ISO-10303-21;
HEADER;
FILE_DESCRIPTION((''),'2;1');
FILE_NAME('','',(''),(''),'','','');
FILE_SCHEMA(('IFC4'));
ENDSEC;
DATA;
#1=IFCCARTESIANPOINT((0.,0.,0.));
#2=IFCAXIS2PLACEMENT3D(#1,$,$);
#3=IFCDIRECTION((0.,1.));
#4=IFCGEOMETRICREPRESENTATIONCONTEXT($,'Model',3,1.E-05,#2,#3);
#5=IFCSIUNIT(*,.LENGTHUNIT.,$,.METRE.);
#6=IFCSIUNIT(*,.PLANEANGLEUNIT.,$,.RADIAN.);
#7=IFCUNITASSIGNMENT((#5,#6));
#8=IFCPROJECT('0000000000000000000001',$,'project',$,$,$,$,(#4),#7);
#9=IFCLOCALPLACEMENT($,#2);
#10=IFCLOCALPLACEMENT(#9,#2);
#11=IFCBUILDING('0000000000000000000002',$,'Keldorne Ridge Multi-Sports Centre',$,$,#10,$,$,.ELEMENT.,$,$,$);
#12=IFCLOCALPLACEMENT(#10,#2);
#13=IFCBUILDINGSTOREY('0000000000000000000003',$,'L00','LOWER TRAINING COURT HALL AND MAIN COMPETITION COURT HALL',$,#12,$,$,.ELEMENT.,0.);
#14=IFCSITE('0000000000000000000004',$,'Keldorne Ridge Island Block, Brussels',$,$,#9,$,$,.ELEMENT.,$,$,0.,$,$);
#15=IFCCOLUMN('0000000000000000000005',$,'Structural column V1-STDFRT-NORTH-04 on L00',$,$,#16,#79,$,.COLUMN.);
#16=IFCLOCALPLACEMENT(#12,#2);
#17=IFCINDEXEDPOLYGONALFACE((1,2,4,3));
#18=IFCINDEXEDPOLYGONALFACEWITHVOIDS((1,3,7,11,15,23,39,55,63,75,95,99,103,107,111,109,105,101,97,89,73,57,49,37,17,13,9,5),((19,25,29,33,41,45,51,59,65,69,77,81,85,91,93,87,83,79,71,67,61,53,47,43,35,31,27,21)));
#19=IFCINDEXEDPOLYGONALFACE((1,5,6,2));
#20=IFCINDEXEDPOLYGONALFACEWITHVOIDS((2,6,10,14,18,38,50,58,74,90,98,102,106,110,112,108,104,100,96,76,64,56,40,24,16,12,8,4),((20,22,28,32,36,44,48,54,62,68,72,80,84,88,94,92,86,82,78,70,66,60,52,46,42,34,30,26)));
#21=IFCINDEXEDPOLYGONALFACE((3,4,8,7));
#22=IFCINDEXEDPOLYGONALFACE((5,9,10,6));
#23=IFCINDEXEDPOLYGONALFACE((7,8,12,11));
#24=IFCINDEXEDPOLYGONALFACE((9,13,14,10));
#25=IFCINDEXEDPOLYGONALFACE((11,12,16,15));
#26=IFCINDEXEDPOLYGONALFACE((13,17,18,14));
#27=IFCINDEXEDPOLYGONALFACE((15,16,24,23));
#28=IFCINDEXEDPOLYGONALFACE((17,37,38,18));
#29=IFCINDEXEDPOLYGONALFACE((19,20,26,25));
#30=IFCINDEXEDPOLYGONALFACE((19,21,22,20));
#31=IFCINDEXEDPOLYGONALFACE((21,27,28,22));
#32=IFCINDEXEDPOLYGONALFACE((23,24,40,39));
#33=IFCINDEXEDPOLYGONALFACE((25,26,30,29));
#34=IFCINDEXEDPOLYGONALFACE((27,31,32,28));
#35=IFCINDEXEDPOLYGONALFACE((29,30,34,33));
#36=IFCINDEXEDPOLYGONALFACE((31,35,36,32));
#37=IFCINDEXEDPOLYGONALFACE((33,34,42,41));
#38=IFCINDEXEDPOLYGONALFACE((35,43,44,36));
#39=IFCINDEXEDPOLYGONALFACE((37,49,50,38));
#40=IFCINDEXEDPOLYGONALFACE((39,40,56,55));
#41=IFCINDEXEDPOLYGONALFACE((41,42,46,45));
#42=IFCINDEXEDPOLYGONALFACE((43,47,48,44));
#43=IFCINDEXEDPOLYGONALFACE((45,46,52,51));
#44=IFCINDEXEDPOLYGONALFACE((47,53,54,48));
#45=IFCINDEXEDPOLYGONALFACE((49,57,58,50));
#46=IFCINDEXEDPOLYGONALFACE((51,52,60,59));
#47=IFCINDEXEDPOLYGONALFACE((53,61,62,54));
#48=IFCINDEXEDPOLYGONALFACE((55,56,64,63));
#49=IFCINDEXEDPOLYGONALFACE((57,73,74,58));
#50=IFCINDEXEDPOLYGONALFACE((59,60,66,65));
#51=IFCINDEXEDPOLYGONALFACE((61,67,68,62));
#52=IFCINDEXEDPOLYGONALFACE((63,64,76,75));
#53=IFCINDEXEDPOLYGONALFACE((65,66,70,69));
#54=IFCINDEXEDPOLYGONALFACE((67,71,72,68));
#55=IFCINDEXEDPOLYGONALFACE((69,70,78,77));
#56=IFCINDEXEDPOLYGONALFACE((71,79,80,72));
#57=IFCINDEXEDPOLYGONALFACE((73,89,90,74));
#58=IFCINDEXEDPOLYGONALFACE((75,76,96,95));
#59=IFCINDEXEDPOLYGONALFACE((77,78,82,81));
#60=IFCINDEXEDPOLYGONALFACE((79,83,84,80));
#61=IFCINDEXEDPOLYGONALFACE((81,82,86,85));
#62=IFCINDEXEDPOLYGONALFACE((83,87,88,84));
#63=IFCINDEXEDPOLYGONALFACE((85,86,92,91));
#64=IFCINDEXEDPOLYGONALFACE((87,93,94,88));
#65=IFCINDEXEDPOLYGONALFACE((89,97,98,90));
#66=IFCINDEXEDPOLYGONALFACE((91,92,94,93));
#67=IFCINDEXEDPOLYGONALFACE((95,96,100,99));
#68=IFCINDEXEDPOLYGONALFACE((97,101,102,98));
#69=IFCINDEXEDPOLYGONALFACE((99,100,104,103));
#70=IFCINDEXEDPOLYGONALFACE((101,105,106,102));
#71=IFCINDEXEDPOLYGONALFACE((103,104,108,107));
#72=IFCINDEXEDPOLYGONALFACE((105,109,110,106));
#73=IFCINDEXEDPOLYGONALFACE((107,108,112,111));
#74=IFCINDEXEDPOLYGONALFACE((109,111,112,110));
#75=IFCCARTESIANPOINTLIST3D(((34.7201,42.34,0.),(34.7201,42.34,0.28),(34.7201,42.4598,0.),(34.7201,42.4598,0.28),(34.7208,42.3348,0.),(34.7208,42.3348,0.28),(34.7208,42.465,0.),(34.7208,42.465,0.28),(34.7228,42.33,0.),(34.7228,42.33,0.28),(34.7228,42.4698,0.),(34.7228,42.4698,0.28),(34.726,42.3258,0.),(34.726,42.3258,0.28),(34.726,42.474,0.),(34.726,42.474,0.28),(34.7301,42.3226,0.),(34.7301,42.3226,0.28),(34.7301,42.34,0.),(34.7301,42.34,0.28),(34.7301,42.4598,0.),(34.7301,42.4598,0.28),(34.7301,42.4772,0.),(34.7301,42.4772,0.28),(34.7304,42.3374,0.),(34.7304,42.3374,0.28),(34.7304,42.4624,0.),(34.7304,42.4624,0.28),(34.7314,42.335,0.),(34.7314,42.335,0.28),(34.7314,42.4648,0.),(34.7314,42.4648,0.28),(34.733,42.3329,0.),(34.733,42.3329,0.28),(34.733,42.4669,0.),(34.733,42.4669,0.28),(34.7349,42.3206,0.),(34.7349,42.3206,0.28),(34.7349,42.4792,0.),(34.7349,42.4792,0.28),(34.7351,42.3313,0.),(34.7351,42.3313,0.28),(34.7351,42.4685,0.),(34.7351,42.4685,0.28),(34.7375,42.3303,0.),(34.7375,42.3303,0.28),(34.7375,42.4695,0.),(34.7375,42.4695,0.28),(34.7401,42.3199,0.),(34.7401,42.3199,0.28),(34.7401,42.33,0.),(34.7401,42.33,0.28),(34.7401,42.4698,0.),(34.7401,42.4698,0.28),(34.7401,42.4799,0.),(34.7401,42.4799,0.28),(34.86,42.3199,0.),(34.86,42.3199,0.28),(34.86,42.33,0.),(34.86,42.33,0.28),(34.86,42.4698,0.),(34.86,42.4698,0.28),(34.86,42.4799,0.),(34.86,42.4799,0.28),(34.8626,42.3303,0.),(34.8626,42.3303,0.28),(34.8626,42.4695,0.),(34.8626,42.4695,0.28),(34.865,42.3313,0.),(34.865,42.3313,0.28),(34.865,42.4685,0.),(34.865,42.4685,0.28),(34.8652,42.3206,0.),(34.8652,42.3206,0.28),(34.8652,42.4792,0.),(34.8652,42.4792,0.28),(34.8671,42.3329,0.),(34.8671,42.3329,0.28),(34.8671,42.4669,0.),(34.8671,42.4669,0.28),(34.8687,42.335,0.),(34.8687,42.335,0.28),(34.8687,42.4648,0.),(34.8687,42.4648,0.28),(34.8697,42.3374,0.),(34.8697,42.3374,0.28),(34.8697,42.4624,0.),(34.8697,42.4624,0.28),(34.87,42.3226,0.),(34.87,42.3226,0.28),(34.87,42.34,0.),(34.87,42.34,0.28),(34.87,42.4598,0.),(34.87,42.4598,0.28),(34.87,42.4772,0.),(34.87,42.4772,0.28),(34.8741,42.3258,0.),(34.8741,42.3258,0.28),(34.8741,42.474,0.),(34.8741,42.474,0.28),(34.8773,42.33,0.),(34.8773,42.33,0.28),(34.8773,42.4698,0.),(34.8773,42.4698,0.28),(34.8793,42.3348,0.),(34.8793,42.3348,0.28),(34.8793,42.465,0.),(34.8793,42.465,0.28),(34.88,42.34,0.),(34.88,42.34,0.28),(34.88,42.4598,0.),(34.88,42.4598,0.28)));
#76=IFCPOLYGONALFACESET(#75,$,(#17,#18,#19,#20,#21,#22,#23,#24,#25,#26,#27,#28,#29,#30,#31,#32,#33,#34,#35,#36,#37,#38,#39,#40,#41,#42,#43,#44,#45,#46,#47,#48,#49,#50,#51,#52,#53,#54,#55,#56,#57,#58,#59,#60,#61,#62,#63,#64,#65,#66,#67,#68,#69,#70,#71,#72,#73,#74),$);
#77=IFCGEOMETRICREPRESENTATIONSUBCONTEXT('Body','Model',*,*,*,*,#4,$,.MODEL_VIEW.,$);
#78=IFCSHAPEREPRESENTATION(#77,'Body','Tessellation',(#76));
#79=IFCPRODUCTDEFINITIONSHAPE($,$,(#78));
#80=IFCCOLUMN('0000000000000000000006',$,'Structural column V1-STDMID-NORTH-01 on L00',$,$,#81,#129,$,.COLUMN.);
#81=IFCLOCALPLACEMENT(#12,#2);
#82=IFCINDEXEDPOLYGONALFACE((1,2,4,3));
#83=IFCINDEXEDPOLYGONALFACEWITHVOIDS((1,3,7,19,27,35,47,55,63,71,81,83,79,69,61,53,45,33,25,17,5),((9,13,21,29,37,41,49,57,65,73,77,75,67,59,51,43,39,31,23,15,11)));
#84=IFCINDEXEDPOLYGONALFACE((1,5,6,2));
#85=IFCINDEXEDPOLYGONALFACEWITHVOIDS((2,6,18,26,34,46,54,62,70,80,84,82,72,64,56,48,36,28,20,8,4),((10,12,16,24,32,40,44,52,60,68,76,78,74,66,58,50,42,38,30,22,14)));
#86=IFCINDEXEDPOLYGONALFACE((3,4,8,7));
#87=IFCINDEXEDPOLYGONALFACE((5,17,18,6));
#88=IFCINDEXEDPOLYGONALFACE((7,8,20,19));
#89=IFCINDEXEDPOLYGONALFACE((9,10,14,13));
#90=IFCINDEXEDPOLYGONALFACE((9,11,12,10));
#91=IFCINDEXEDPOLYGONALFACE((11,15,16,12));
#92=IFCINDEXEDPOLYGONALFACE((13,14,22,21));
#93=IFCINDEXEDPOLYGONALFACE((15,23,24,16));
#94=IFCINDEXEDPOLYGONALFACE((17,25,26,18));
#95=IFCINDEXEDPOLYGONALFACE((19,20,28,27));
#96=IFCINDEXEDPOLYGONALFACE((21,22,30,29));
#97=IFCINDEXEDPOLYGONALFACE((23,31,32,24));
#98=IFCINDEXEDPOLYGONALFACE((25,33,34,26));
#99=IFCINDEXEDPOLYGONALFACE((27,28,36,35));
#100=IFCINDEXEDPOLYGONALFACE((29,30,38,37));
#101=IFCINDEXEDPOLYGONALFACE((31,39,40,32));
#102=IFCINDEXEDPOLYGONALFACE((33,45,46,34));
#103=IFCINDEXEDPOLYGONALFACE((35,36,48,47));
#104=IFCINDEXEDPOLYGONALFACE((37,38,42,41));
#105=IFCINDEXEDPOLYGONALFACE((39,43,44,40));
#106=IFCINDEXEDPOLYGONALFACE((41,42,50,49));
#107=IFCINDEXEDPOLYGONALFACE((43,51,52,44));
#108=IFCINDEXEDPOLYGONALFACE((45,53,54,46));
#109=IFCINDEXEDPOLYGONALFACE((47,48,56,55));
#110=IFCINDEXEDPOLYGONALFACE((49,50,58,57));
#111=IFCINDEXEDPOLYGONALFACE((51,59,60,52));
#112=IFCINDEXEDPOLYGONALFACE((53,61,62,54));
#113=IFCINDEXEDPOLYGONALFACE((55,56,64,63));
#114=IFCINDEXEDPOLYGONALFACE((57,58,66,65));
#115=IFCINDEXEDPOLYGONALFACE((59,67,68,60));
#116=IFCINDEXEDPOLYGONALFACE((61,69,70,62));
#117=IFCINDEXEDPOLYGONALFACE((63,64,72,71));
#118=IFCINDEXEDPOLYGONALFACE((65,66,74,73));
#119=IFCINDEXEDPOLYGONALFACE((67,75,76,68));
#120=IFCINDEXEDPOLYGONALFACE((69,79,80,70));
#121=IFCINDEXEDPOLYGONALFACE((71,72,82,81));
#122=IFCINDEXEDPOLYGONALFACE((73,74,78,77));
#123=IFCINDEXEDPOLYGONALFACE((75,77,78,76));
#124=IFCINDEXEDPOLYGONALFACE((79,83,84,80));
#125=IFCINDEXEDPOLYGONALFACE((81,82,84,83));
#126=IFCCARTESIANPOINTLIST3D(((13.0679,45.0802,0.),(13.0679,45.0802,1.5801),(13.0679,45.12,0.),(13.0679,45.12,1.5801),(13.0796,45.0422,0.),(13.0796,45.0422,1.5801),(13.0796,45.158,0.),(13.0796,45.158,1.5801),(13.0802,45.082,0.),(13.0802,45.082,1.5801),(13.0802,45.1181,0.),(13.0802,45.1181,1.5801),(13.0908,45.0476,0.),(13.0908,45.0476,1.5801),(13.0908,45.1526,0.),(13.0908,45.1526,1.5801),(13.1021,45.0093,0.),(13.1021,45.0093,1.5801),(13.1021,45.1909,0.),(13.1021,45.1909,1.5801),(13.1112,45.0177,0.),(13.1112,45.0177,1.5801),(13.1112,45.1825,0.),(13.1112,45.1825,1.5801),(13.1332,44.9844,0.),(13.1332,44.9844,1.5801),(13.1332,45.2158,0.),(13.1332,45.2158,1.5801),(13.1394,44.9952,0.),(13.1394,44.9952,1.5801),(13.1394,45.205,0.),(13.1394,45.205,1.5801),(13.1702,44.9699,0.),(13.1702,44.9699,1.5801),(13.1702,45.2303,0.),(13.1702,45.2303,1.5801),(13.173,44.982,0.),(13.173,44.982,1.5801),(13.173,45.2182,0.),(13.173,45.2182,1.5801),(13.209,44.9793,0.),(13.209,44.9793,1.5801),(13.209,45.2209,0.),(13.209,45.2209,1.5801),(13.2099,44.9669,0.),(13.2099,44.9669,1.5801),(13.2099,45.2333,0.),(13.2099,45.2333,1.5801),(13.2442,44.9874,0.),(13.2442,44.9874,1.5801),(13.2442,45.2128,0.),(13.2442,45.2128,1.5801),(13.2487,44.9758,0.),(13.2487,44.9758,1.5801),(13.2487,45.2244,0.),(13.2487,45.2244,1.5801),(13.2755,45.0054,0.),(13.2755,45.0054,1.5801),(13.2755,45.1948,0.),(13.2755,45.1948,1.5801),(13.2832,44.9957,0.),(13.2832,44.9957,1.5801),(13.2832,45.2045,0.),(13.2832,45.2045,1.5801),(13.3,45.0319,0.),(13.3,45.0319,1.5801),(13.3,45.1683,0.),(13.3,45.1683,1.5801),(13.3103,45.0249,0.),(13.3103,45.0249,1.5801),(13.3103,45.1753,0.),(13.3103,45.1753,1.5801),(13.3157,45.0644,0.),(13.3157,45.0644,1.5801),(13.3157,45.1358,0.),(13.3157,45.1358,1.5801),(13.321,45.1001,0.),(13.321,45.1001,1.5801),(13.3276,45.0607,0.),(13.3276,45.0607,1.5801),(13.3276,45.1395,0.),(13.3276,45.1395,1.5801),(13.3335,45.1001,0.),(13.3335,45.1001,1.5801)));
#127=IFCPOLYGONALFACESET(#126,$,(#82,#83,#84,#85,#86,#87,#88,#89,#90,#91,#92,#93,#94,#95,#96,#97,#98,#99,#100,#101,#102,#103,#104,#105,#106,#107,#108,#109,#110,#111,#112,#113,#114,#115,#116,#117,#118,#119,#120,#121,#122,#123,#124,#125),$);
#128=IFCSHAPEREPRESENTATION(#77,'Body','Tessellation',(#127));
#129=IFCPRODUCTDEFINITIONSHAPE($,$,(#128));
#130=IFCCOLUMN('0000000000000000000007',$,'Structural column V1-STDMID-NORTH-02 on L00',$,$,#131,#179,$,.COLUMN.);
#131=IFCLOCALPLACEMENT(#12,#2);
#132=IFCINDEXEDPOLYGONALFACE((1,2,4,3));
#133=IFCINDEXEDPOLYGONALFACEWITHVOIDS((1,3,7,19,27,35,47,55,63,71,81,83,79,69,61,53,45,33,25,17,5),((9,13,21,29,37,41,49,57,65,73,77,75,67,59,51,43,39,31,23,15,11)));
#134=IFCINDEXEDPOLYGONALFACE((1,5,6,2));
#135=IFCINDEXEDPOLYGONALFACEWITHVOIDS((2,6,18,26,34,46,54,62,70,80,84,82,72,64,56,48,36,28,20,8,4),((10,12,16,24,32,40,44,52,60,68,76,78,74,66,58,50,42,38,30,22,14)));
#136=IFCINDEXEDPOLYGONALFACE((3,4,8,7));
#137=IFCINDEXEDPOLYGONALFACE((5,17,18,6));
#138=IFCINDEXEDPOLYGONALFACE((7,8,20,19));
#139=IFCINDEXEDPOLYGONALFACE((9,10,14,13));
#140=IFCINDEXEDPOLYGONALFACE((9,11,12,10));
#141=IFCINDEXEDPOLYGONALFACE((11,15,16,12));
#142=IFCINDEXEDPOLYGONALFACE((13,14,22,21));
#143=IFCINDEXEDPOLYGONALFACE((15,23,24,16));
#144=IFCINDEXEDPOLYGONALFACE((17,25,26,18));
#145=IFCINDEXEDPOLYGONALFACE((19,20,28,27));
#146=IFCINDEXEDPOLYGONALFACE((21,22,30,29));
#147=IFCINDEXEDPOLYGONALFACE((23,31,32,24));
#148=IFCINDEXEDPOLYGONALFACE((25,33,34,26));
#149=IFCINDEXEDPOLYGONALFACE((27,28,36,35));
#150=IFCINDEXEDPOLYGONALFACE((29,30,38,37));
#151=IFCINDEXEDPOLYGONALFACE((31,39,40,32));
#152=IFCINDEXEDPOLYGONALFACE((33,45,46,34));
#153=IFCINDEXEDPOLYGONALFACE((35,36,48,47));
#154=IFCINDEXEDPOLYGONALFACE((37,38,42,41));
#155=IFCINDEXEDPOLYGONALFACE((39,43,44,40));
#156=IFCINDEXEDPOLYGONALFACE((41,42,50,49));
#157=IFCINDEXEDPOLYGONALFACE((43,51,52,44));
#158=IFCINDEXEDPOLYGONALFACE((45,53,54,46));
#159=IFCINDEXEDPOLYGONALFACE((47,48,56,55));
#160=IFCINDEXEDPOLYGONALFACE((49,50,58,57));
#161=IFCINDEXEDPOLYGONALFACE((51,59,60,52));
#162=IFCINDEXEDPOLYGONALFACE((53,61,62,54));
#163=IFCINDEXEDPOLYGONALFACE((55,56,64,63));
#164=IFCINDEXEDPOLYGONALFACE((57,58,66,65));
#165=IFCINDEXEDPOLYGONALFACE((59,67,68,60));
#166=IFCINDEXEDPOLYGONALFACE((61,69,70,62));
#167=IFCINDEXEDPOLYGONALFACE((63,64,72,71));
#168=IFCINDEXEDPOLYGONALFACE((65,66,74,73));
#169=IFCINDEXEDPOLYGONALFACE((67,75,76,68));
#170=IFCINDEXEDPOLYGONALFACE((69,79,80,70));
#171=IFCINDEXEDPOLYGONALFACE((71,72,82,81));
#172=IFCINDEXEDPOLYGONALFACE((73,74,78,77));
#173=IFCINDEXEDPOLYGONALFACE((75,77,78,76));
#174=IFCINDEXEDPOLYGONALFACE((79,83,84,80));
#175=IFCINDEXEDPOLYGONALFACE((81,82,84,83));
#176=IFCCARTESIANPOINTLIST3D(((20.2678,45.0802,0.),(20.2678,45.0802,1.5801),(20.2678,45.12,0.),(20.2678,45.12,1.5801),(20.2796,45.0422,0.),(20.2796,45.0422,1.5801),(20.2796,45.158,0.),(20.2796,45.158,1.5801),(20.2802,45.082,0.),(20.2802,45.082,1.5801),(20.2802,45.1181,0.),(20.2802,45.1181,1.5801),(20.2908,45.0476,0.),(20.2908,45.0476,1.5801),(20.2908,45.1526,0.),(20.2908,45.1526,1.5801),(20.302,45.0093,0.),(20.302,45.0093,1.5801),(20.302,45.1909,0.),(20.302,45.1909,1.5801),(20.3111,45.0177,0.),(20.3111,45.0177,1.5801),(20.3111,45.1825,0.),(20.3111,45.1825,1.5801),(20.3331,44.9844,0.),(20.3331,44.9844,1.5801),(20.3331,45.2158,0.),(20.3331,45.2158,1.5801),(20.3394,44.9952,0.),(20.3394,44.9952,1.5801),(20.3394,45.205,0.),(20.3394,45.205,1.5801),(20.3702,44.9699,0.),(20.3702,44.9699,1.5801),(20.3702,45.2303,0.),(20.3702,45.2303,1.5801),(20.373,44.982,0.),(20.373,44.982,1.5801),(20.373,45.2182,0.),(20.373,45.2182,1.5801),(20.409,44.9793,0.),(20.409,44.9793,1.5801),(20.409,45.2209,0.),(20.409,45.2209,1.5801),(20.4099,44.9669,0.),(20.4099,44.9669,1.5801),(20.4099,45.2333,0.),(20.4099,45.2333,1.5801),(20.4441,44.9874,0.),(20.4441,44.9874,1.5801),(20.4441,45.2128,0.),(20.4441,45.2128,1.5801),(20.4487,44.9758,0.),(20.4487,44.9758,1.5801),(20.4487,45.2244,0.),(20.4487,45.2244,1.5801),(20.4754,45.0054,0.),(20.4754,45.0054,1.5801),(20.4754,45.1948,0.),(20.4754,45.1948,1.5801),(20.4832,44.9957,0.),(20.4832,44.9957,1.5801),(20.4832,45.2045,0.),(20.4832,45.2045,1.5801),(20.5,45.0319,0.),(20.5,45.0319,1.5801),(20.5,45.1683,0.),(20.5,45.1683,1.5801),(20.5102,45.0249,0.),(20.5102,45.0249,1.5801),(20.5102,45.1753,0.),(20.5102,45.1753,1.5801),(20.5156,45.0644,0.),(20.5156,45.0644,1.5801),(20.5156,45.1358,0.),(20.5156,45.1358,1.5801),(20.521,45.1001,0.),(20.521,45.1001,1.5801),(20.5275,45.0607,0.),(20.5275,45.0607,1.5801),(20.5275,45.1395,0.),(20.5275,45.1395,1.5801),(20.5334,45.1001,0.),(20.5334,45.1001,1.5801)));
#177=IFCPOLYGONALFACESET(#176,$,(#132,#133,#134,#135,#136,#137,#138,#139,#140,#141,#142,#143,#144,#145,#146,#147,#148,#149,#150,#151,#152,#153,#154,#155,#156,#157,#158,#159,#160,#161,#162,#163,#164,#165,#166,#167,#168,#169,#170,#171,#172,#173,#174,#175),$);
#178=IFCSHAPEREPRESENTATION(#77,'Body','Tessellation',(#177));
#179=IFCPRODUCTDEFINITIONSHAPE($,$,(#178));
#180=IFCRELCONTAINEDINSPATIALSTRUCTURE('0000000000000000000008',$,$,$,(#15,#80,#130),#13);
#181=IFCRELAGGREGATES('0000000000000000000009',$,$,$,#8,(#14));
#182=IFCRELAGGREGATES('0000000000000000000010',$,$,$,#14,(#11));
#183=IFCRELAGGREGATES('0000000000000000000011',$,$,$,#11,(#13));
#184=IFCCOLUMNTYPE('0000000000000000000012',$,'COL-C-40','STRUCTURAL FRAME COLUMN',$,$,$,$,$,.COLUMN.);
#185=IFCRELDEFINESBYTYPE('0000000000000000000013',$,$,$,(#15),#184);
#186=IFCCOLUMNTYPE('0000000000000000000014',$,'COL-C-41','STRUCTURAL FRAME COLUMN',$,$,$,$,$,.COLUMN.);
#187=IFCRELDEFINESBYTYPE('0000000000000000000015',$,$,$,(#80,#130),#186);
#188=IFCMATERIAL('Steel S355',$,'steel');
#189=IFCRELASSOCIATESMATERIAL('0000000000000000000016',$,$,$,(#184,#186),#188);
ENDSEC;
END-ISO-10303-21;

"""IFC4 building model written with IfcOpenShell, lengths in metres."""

from ifc_helpers import new_model, si_unit, direction, frame, origin, origin_2d, place, context, subcontext, project, spatial, hollow_rectangle, hollow_circle, extrude, material, material_profile, profile_set, type_object, element, save


model = new_model("IFC4")

# Units and contexts
model_context = context("Model", 3, precision=1e-05, world=origin(), true_north=direction((0.0, 1.0)))
body_context = subcontext(model_context, "Body", "Model", "MODEL_VIEW")
ifc_project = project(units=[si_unit("LENGTHUNIT", "METRE"), si_unit("PLANEANGLEUNIT", "RADIAN")], contexts=[model_context])

# Site, building, storey
site_placement = place(None, origin())
site = spatial("IfcSite", under=ifc_project, at=site_placement, Name="Keldorne Ridge Island Block, Brussels", CompositionType="ELEMENT", RefElevation=0.0)
building_placement = place(site_placement, origin())
building = spatial("IfcBuilding", under=site, at=building_placement, Name="Keldorne Ridge Multi-Sports Centre", CompositionType="ELEMENT")
storey_placement = place(building_placement, origin())
storey = spatial("IfcBuildingStorey", under=building, at=storey_placement, Name="L00", Description="LOWER TRAINING COURT HALL AND MAIN COMPETITION COURT HALL", CompositionType="ELEMENT", Elevation=0.0)

# Columns
ifc_material_1 = material(Name="Steel S355", Category="steel")
ifc_material_profile_1 = material_profile(ifc_material_1, hollow_rectangle(XDim=0.1599, YDim=0.1599, WallThickness=0.01, InnerFilletRadius=0.01, OuterFilletRadius=0.02, at=origin_2d()), Name="SHS 160x160x10")
ifc_profile_set_1 = profile_set([ifc_material_profile_1], Name="Steel S355")
column_type_1 = type_object("IfcColumnType", Name="COL-C-40", Description="STRUCTURAL FRAME COLUMN", PredefinedType="COLUMN", material=ifc_profile_set_1)
for number, where, z_axis, x_axis, name in (
    (1, (34.8, 42.3999, 0.0), (0.0, 0.0, 1.0), (1.0, 0.0, 0.0), "Structural column V1-STDFRT-NORTH-04 on L00"),
):
    element("IfcColumn", number, at=place(storey_placement, frame(where, z_axis=z_axis, x_axis=x_axis)), inside=storey, type_object=column_type_1, Name=name, PredefinedType="COLUMN", context=body_context, shape_type="SweptSolid", body=[
        extrude(hollow_rectangle(XDim=0.1599, YDim=0.1599, WallThickness=0.01, InnerFilletRadius=0.01, OuterFilletRadius=0.02, at=origin_2d()), origin(), (0.0, 0.0, 1.0), 0.28),
    ])
ifc_material_profile_2 = material_profile(ifc_material_1, hollow_circle(Radius=0.1335, WallThickness=0.0125, at=origin_2d()), Name="CHS 267x12.5")
ifc_profile_set_2 = profile_set([ifc_material_profile_2], Name="Steel S355")
column_type_2 = type_object("IfcColumnType", Name="COL-C-41", Description="STRUCTURAL FRAME COLUMN", PredefinedType="COLUMN", material=ifc_profile_set_2)
for number, where, z_axis, x_axis, name in (
    (2, (13.2, 45.1001, 0.0), (0.0, 0.0, 1.0), (1.0, 0.0, 0.0), "Structural column V1-STDMID-NORTH-01 on L00"),
    (3, (20.3999, 45.1001, 0.0), (0.0, 0.0, 1.0), (1.0, 0.0, 0.0), "Structural column V1-STDMID-NORTH-02 on L00"),
):
    element("IfcColumn", number, at=place(storey_placement, frame(where, z_axis=z_axis, x_axis=x_axis)), inside=storey, type_object=column_type_2, Name=name, PredefinedType="COLUMN", context=body_context, shape_type="SweptSolid", body=[
        extrude(hollow_circle(Radius=0.1335, WallThickness=0.0125, at=origin_2d()), origin(), (0.0, 0.0, 1.0), 1.5801),
    ])

save(model, "model.ifc")
